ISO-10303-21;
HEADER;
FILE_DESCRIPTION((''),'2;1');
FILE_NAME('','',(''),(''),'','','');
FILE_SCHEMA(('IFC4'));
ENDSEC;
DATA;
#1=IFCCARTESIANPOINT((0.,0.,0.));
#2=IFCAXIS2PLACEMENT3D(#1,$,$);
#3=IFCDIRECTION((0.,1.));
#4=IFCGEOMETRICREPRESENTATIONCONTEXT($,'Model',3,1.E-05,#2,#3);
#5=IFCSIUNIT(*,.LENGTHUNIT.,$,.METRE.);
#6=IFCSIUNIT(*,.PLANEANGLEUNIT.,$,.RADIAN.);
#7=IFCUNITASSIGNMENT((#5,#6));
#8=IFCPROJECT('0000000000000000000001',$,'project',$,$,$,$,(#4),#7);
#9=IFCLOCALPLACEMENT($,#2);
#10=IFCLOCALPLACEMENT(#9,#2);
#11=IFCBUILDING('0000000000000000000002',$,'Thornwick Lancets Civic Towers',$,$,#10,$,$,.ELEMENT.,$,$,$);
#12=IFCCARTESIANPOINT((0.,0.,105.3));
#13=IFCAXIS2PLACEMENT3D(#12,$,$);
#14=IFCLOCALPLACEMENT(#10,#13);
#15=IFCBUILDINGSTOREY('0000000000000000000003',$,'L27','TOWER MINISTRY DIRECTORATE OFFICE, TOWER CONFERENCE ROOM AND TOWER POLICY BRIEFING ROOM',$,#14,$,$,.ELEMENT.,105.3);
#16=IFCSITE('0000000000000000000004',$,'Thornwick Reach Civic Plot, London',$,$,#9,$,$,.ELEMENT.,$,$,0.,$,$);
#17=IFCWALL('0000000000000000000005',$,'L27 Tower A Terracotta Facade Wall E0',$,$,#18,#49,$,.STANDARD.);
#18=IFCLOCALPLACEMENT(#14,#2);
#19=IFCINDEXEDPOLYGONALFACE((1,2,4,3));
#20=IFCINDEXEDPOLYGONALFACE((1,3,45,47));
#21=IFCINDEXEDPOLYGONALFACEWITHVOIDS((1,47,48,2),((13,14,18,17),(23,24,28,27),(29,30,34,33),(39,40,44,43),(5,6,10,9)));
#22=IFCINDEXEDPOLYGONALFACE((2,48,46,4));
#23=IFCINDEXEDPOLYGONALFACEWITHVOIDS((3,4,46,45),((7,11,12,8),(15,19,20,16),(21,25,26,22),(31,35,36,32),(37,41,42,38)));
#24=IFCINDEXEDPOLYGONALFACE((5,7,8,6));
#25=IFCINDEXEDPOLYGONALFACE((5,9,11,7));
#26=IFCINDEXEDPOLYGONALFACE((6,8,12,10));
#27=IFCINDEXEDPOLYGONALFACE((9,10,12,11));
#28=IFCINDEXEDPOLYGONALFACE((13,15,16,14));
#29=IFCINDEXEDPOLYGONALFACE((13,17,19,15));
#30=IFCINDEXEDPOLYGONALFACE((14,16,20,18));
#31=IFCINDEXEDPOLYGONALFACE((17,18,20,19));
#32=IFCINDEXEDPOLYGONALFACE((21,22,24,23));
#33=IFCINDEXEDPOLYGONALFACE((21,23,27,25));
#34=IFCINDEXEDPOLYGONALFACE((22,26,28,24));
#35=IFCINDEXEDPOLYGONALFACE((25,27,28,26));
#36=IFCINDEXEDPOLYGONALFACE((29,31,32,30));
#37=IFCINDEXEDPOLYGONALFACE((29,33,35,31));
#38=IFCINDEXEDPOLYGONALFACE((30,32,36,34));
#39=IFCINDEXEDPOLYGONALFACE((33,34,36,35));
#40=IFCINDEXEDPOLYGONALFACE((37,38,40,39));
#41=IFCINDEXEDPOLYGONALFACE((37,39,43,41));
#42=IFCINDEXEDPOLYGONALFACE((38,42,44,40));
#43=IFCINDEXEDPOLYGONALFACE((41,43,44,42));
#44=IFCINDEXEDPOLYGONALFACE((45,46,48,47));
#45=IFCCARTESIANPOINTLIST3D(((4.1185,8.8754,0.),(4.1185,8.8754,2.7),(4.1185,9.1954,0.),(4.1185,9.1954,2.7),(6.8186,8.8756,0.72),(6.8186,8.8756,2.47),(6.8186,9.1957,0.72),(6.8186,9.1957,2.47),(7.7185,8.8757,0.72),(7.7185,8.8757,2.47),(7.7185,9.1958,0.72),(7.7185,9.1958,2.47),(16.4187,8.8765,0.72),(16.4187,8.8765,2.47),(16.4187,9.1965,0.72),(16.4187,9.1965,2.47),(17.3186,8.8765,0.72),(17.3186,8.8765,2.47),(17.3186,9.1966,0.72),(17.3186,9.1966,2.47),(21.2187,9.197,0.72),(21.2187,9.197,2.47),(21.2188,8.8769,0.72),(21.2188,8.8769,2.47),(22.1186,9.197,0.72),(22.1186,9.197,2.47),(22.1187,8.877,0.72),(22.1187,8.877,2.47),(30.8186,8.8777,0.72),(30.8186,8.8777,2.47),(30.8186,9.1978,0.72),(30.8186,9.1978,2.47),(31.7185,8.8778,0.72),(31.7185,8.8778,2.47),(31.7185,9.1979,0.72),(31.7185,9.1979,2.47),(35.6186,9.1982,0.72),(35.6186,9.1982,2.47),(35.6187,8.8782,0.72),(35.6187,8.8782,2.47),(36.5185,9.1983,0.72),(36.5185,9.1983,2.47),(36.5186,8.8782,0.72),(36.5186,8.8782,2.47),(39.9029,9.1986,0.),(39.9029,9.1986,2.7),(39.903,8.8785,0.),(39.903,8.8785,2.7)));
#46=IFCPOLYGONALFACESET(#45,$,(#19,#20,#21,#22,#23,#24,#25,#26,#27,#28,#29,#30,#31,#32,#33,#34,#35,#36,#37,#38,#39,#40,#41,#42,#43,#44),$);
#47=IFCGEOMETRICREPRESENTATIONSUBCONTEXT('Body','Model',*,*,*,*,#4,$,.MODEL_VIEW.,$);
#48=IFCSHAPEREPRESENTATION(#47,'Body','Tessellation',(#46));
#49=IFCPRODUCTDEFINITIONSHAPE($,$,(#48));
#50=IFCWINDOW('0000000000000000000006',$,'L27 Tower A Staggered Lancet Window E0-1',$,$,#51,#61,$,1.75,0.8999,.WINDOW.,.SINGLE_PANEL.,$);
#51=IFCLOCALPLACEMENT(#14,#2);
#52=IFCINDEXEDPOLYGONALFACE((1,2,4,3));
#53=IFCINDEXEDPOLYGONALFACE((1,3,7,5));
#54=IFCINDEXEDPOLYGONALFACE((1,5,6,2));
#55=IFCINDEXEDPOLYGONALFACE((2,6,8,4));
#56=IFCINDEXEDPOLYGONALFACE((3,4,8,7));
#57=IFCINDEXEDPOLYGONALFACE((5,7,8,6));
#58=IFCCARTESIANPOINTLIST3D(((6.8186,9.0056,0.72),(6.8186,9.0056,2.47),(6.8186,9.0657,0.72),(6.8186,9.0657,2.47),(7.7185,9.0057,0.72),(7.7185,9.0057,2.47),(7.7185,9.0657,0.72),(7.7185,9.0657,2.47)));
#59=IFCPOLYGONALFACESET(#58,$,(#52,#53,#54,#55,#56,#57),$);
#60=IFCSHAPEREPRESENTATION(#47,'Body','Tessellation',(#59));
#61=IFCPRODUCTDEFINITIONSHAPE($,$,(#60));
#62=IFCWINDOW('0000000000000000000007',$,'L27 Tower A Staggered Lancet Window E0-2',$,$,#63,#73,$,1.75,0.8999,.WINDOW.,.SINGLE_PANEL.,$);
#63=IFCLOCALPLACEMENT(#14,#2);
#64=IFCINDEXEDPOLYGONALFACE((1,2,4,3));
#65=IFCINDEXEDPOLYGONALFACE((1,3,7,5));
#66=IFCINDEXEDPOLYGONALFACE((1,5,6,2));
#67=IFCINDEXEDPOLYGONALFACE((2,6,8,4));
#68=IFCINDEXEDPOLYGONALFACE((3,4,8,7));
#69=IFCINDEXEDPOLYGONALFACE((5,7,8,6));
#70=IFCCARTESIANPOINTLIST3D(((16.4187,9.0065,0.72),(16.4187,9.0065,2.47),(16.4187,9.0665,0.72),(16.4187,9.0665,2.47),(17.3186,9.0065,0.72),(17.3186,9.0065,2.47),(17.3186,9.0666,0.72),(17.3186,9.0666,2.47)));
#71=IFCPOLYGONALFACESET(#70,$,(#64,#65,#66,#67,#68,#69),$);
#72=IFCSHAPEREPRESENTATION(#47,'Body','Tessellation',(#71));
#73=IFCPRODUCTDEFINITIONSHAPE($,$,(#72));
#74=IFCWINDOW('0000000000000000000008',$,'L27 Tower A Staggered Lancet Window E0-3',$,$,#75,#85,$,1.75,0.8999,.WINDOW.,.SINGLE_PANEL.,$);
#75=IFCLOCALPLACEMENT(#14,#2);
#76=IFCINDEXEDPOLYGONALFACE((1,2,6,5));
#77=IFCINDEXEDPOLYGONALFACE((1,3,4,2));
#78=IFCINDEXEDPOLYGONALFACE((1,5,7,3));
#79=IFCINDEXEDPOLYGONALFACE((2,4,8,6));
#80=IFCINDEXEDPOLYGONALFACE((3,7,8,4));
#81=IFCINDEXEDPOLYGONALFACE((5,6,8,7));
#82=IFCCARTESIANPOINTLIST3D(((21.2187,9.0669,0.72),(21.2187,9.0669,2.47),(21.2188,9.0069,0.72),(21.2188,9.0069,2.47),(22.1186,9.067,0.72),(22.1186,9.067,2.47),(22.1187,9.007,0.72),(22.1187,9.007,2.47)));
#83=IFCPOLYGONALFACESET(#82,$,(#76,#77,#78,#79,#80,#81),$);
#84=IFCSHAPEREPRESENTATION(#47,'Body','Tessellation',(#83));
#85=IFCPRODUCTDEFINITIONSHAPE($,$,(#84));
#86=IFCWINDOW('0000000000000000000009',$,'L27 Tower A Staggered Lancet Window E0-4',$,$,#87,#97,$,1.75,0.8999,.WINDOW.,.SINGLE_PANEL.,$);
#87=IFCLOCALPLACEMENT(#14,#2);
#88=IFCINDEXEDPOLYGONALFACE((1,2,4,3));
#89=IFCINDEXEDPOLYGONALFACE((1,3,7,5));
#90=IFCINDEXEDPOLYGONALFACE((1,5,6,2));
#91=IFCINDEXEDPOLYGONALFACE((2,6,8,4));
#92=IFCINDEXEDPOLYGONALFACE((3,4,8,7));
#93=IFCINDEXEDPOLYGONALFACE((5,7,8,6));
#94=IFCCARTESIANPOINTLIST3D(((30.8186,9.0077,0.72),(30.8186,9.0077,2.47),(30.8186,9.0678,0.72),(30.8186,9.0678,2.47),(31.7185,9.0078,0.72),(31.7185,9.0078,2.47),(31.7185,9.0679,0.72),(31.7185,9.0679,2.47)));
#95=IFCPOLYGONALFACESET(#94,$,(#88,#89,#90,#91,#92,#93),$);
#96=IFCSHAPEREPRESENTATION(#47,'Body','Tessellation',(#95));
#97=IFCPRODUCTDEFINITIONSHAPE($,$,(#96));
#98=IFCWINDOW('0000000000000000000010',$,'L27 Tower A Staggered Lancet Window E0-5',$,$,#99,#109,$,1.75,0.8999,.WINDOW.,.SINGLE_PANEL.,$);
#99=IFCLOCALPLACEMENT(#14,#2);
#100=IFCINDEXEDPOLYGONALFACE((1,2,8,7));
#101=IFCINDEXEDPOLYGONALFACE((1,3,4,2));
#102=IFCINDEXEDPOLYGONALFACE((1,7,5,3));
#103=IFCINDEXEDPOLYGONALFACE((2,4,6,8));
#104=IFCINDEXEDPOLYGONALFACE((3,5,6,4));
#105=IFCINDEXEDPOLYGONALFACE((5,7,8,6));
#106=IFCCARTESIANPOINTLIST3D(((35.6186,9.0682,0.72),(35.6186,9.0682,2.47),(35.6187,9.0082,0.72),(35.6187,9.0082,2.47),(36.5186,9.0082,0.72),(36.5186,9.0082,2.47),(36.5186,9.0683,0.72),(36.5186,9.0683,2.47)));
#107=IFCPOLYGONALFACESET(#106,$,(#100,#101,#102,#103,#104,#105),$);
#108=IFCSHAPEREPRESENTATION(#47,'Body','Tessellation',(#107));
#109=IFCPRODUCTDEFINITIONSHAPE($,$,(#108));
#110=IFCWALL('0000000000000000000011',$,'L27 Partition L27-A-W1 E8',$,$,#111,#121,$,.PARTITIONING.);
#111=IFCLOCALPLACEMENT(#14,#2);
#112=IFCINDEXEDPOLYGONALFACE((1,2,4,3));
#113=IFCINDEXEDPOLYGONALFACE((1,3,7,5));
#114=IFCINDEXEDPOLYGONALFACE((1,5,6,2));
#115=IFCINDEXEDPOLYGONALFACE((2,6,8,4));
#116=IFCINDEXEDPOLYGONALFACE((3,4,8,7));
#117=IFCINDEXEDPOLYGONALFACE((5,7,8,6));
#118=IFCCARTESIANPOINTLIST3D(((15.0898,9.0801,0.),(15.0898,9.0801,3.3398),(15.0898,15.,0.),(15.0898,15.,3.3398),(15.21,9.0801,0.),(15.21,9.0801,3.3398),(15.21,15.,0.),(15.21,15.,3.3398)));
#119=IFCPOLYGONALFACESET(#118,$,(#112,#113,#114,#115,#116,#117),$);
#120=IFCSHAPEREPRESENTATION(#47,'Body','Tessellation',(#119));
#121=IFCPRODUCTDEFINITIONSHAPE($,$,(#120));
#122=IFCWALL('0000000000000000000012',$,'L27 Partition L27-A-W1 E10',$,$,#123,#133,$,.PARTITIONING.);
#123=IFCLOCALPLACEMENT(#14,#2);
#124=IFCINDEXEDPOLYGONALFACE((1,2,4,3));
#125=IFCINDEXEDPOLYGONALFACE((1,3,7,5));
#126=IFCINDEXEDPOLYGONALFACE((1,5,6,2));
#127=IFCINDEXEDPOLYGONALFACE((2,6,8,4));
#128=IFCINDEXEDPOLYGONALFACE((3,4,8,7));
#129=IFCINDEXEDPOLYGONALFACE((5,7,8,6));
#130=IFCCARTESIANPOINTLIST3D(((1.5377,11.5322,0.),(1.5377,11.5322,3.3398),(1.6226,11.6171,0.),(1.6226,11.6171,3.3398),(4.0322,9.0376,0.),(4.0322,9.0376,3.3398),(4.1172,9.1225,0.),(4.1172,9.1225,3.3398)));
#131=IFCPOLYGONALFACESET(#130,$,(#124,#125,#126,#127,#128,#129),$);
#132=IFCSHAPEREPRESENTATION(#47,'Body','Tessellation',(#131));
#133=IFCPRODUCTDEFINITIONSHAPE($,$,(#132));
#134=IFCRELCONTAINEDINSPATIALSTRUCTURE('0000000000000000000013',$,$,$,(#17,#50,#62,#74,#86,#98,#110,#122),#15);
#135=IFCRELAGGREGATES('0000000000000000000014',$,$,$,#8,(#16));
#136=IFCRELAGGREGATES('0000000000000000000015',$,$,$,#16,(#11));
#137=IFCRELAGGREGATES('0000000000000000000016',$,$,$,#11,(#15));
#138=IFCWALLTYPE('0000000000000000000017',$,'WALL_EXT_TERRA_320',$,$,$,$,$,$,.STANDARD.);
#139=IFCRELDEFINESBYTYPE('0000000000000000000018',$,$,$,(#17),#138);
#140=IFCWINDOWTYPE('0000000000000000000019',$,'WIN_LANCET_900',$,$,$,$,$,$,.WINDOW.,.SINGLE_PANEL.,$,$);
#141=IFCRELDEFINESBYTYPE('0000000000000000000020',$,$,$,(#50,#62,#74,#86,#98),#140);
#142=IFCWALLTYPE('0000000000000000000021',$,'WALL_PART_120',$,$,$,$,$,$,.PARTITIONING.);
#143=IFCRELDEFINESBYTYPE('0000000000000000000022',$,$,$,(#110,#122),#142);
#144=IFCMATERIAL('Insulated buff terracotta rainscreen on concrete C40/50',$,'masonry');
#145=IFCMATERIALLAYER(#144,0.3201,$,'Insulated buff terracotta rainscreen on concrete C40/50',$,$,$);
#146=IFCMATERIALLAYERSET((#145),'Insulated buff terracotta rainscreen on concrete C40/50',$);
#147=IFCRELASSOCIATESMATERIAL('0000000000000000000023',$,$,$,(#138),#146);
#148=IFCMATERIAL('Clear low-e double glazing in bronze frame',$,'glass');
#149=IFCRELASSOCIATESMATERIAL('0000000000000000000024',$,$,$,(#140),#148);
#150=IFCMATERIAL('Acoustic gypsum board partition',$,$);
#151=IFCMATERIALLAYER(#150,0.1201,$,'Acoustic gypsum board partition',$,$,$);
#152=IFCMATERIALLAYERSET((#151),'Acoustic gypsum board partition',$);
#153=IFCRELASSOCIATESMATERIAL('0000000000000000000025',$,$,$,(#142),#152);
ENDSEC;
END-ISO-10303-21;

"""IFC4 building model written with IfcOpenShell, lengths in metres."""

from ifc_helpers import new_model, si_unit, direction, frame, frame_2d, origin, place, context, subcontext, project, spatial, rectangle, extrude, material, layer, layer_set, type_object, element, fill, save


model = new_model("IFC4")

# Units and contexts
model_context = context("Model", 3, precision=1e-05, world=origin(), true_north=direction((0.0, 1.0)))
body_context = subcontext(model_context, "Body", "Model", "MODEL_VIEW")
ifc_project = project(units=[si_unit("LENGTHUNIT", "METRE"), si_unit("PLANEANGLEUNIT", "RADIAN")], contexts=[model_context])

# Site, building, storey
site_placement = place(None, origin())
site = spatial("IfcSite", under=ifc_project, at=site_placement, Name="Thornwick Reach Civic Plot, London", CompositionType="ELEMENT", RefElevation=0.0)
building_placement = place(site_placement, origin())
building = spatial("IfcBuilding", under=site, at=building_placement, Name="Thornwick Lancets Civic Towers", CompositionType="ELEMENT")
storey_placement = place(building_placement, frame((0.0, 0.0, 105.3)))
storey = spatial("IfcBuildingStorey", under=building, at=storey_placement, Name="L27", Description="TOWER MINISTRY DIRECTORATE OFFICE, TOWER CONFERENCE ROOM AND TOWER POLICY BRIEFING ROOM", CompositionType="ELEMENT", Elevation=105.3)

# Wall, openings, windows
ifc_material_1 = material(Name="Insulated buff terracotta rainscreen on concrete C40/50", Category="masonry")
ifc_layer_1 = layer(ifc_material_1, 0.3201, Name="Insulated buff terracotta rainscreen on concrete C40/50")
ifc_layer_set_1 = layer_set([ifc_layer_1], Name="Insulated buff terracotta rainscreen on concrete C40/50")
wall_type_1 = type_object("IfcWallType", Name="WALL_EXT_TERRA_320", PredefinedType="STANDARD", material=ifc_layer_set_1)
wall_1_placement = place(storey_placement, frame((4.1187, 9.0354, 0.0), z_axis=(0.0, 0.0, 1.0), x_axis=(1.0, 0.000089, 0.0)))
wall_1 = element("IfcWall", 1, at=wall_1_placement, inside=storey, type_object=wall_type_1, Name="L27 Tower A Terracotta Facade Wall E0", PredefinedType="STANDARD", context=body_context, shape_type="SweptSolid", body=[
    extrude(rectangle(XDim=35.7844, YDim=0.3201, at=frame_2d((17.8921, 0.0))), origin(), (0.0, 0.0, 1.0), 2.7),
])
opening_1_placement = place(wall_1_placement, frame((2.7, 0.0, 0.72)))
opening_1 = element("IfcOpeningElement", 2, at=opening_1_placement, cuts=wall_1, PredefinedType="OPENING", context=body_context, shape_type="SweptSolid", body=[
    extrude(rectangle(XDim=0.8999, YDim=1.75, at=frame_2d((0.45, 0.875))), frame((0.0, 0.1699, 0.0), z_axis=(0.0, -1.0, 0.0), x_axis=(1.0, 0.0, 0.0)), (0.0, 0.0, 1.0), 0.3401),
])
opening_2_placement = place(wall_1_placement, frame((12.3, 0.0, 0.72)))
opening_2 = element("IfcOpeningElement", 3, at=opening_2_placement, cuts=wall_1, PredefinedType="OPENING", context=body_context, shape_type="SweptSolid", body=[
    extrude(rectangle(XDim=0.8999, YDim=1.75, at=frame_2d((0.45, 0.875))), frame((0.0, 0.1699, 0.0), z_axis=(0.0, -1.0, 0.0), x_axis=(1.0, 0.0, 0.0)), (0.0, 0.0, 1.0), 0.3401),
])
opening_3_placement = place(wall_1_placement, frame((17.1001, 0.0, 0.72)))
opening_3 = element("IfcOpeningElement", 4, at=opening_3_placement, cuts=wall_1, PredefinedType="OPENING", context=body_context, shape_type="SweptSolid", body=[
    extrude(rectangle(XDim=0.8999, YDim=1.75, at=frame_2d((0.45, 0.875))), frame((0.0, 0.1699, 0.0), z_axis=(0.0, -1.0, 0.0), x_axis=(1.0, 0.0, 0.0)), (0.0, 0.0, 1.0), 0.3401),
])
opening_4_placement = place(wall_1_placement, frame((26.7, 0.0, 0.72)))
opening_4 = element("IfcOpeningElement", 5, at=opening_4_placement, cuts=wall_1, PredefinedType="OPENING", context=body_context, shape_type="SweptSolid", body=[
    extrude(rectangle(XDim=0.8999, YDim=1.75, at=frame_2d((0.45, 0.875))), frame((0.0, 0.1699, 0.0), z_axis=(0.0, -1.0, 0.0), x_axis=(1.0, 0.0, 0.0)), (0.0, 0.0, 1.0), 0.3401),
])
opening_5_placement = place(wall_1_placement, frame((31.5, 0.0, 0.72)))
opening_5 = element("IfcOpeningElement", 6, at=opening_5_placement, cuts=wall_1, PredefinedType="OPENING", context=body_context, shape_type="SweptSolid", body=[
    extrude(rectangle(XDim=0.8999, YDim=1.75, at=frame_2d((0.45, 0.875))), frame((0.0, 0.1699, 0.0), z_axis=(0.0, -1.0, 0.0), x_axis=(1.0, 0.0, 0.0)), (0.0, 0.0, 1.0), 0.3401),
])
ifc_material_2 = material(Name="Clear low-e double glazing in bronze frame", Category="glass")
window_type = type_object("IfcWindowType", Name="WIN_LANCET_900", PartitioningType="SINGLE_PANEL", PredefinedType="WINDOW", material=ifc_material_2)
window_1_placement = place(opening_1_placement, origin())
window_1 = element("IfcWindow", 7, at=window_1_placement, inside=storey, type_object=window_type, Name="L27 Tower A Staggered Lancet Window E0-1", OverallHeight=1.75, OverallWidth=0.8999, PartitioningType="SINGLE_PANEL", PredefinedType="WINDOW", context=body_context, shape_type="SweptSolid", body=[
    extrude(rectangle(XDim=0.8999, YDim=1.75, at=frame_2d((0.45, 0.875))), frame((0.0, 0.03, 0.0), z_axis=(0.0, -1.0, 0.0), x_axis=(1.0, 0.0, 0.0)), (0.0, 0.0, 1.0), 0.0601),
])
fill(opening_1, window_1)
window_2_placement = place(opening_2_placement, origin())
window_2 = element("IfcWindow", 8, at=window_2_placement, inside=storey, type_object=window_type, Name="L27 Tower A Staggered Lancet Window E0-2", OverallHeight=1.75, OverallWidth=0.8999, PartitioningType="SINGLE_PANEL", PredefinedType="WINDOW", context=body_context, shape_type="SweptSolid", body=[
    extrude(rectangle(XDim=0.8999, YDim=1.75, at=frame_2d((0.45, 0.875))), frame((0.0, 0.03, 0.0), z_axis=(0.0, -1.0, 0.0), x_axis=(1.0, 0.0, 0.0)), (0.0, 0.0, 1.0), 0.0601),
])
fill(opening_2, window_2)
window_3_placement = place(opening_3_placement, origin())
window_3 = element("IfcWindow", 9, at=window_3_placement, inside=storey, type_object=window_type, Name="L27 Tower A Staggered Lancet Window E0-3", OverallHeight=1.75, OverallWidth=0.8999, PartitioningType="SINGLE_PANEL", PredefinedType="WINDOW", context=body_context, shape_type="SweptSolid", body=[
    extrude(rectangle(XDim=0.8999, YDim=1.75, at=frame_2d((0.45, 0.875))), frame((0.0, 0.03, 0.0), z_axis=(0.0, -1.0, 0.0), x_axis=(1.0, 0.0, 0.0)), (0.0, 0.0, 1.0), 0.0601),
])
fill(opening_3, window_3)
window_4_placement = place(opening_4_placement, origin())
window_4 = element("IfcWindow", 10, at=window_4_placement, inside=storey, type_object=window_type, Name="L27 Tower A Staggered Lancet Window E0-4", OverallHeight=1.75, OverallWidth=0.8999, PartitioningType="SINGLE_PANEL", PredefinedType="WINDOW", context=body_context, shape_type="SweptSolid", body=[
    extrude(rectangle(XDim=0.8999, YDim=1.75, at=frame_2d((0.45, 0.875))), frame((0.0, 0.03, 0.0), z_axis=(0.0, -1.0, 0.0), x_axis=(1.0, 0.0, 0.0)), (0.0, 0.0, 1.0), 0.0601),
])
fill(opening_4, window_4)
window_5_placement = place(opening_5_placement, origin())
window_5 = element("IfcWindow", 11, at=window_5_placement, inside=storey, type_object=window_type, Name="L27 Tower A Staggered Lancet Window E0-5", OverallHeight=1.75, OverallWidth=0.8999, PartitioningType="SINGLE_PANEL", PredefinedType="WINDOW", context=body_context, shape_type="SweptSolid", body=[
    extrude(rectangle(XDim=0.8999, YDim=1.75, at=frame_2d((0.45, 0.875))), frame((0.0, 0.03, 0.0), z_axis=(0.0, -1.0, 0.0), x_axis=(1.0, 0.0, 0.0)), (0.0, 0.0, 1.0), 0.0601),
])
fill(opening_5, window_5)

# Walls
ifc_material_3 = material(Name="Acoustic gypsum board partition")
ifc_layer_2 = layer(ifc_material_3, 0.1201, Name="Acoustic gypsum board partition")
ifc_layer_set_2 = layer_set([ifc_layer_2], Name="Acoustic gypsum board partition")
wall_type_2 = type_object("IfcWallType", Name="WALL_PART_120", PredefinedType="PARTITIONING", material=ifc_layer_set_2)
wall_2_placement = place(storey_placement, frame((15.1499, 15.0, 0.0), z_axis=(0.0, 0.0, 1.0), x_axis=(0.0, -1.0, 0.0)))
element("IfcWall", 12, at=wall_2_placement, inside=storey, type_object=wall_type_2, Name="L27 Partition L27-A-W1 E8", PredefinedType="PARTITIONING", context=body_context, shape_type="SweptSolid", body=[
    extrude(rectangle(XDim=5.9199, YDim=0.1201, at=frame_2d((2.96, 0.0))), origin(), (0.0, 0.0, 1.0), 3.3398),
])
wall_3_placement = place(storey_placement, frame((4.0747, 9.0801, 0.0), z_axis=(0.0, 0.0, 1.0), x_axis=(-0.707107, 0.707107, 0.0)))
element("IfcWall", 13, at=wall_3_placement, inside=storey, type_object=wall_type_2, Name="L27 Partition L27-A-W1 E10", PredefinedType="PARTITIONING", context=body_context, shape_type="SweptSolid", body=[
    extrude(rectangle(XDim=3.5278, YDim=0.1201, at=frame_2d((1.7639, 0.0))), origin(), (0.0, 0.0, 1.0), 3.3398),
])

save(model, "model.ifc")
